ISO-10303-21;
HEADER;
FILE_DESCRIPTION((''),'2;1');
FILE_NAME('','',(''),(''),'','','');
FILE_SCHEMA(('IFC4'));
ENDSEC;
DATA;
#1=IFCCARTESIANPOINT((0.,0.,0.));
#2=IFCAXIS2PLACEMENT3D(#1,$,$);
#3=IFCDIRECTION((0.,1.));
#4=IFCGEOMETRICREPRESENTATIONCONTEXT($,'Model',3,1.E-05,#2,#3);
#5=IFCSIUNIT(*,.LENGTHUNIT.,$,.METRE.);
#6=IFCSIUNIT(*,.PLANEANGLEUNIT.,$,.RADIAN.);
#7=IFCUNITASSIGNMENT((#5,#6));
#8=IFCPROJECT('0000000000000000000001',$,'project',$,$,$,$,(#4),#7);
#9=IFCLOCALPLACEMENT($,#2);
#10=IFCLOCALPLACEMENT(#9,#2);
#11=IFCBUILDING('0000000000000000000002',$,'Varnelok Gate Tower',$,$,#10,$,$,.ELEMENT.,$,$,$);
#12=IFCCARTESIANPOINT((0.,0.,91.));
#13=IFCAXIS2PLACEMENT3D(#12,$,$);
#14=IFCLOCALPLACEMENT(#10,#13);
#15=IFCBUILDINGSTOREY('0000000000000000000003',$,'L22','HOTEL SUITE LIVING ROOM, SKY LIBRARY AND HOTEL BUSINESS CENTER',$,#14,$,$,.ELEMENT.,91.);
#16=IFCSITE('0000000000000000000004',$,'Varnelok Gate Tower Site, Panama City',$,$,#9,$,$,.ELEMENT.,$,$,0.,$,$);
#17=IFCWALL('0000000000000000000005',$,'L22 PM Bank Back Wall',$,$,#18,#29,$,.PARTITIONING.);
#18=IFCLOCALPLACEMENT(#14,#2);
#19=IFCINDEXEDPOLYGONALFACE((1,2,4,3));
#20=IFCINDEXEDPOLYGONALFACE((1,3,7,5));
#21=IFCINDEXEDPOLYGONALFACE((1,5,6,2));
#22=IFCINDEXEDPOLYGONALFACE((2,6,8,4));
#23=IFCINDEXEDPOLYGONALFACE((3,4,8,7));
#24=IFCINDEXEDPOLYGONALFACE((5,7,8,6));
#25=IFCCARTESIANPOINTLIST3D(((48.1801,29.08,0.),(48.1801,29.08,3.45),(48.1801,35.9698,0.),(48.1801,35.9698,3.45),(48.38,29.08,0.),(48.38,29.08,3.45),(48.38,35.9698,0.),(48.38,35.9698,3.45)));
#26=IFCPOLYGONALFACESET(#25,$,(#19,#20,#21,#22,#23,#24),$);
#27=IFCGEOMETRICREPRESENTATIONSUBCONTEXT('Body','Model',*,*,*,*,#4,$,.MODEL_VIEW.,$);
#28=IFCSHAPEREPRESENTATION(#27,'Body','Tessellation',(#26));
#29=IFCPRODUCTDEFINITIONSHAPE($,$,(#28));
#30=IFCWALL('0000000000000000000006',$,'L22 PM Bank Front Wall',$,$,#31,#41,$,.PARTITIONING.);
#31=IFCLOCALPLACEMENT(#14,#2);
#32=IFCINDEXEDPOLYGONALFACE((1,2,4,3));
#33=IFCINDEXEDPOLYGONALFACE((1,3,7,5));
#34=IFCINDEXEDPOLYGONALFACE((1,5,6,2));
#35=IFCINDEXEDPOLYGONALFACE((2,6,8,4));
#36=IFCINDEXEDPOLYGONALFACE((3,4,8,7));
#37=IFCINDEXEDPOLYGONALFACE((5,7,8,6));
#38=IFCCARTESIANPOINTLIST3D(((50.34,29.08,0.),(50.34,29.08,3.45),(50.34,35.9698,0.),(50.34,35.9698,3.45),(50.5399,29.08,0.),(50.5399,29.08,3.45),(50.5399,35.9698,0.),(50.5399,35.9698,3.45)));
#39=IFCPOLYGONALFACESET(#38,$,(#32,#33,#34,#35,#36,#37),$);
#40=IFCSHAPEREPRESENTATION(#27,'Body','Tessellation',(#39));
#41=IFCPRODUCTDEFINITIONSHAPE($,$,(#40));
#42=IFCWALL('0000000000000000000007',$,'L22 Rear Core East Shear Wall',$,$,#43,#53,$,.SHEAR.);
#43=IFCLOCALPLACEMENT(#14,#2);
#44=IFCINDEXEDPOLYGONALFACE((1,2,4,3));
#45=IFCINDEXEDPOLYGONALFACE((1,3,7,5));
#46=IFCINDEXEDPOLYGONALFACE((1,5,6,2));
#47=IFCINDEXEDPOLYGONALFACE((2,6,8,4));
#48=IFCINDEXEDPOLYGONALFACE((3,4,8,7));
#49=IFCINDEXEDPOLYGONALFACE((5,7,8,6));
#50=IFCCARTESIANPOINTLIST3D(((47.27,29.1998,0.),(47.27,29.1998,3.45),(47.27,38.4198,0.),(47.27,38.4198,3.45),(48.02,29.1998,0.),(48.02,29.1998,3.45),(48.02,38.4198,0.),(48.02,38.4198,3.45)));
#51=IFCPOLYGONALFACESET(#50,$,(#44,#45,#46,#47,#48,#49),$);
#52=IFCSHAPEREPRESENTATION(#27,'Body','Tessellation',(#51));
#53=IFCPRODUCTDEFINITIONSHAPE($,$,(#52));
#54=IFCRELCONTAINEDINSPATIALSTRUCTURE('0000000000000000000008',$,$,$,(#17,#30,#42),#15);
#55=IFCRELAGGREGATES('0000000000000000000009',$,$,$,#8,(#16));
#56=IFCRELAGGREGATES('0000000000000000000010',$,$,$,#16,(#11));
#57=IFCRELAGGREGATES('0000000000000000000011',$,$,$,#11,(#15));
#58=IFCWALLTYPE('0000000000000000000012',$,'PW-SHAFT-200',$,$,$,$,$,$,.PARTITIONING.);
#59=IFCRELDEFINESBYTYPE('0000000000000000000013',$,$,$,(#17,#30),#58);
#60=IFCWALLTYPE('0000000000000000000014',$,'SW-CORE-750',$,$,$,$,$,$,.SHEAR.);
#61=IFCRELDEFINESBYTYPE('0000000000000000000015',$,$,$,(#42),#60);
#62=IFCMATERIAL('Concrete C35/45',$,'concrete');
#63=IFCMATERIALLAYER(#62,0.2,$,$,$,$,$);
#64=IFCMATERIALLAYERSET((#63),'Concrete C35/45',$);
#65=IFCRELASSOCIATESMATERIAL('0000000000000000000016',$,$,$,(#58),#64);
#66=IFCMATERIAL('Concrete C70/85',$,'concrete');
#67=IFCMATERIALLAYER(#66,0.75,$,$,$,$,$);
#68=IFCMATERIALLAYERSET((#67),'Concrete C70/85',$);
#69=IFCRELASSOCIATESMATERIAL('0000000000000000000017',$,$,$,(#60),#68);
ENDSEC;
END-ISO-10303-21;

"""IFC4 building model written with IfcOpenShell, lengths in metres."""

from ifc_helpers import new_model, si_unit, direction, frame, frame_2d, origin, place, context, subcontext, project, spatial, rectangle, extrude, material, layer, layer_set, type_object, element, save


model = new_model("IFC4")

# Units and contexts
model_context = context("Model", 3, precision=1e-05, world=origin(), true_north=direction((0.0, 1.0)))
body_context = subcontext(model_context, "Body", "Model", "MODEL_VIEW")
ifc_project = project(units=[si_unit("LENGTHUNIT", "METRE"), si_unit("PLANEANGLEUNIT", "RADIAN")], contexts=[model_context])

# Site, building, storey
site_placement = place(None, origin())
site = spatial("IfcSite", under=ifc_project, at=site_placement, Name="Varnelok Gate Tower Site, Panama City", CompositionType="ELEMENT", RefElevation=0.0)
building_placement = place(site_placement, origin())
building = spatial("IfcBuilding", under=site, at=building_placement, Name="Varnelok Gate Tower", CompositionType="ELEMENT")
storey_placement = place(building_placement, frame((0.0, 0.0, 91.0)))
storey = spatial("IfcBuildingStorey", under=building, at=storey_placement, Name="L22", Description="HOTEL SUITE LIVING ROOM, SKY LIBRARY AND HOTEL BUSINESS CENTER", CompositionType="ELEMENT", Elevation=91.0)

# Shared definitions
ifc_material_1 = material(Name="Concrete C70/85", Category="concrete")

# Walls
ifc_material_2 = material(Name="Concrete C35/45", Category="concrete")
ifc_layer_1 = layer(ifc_material_2, 0.2)
ifc_layer_set_1 = layer_set([ifc_layer_1], Name="Concrete C35/45")
wall_type_1 = type_object("IfcWallType", Name="PW-SHAFT-200", PredefinedType="PARTITIONING", material=ifc_layer_set_1)
for number, where, z_axis, x_axis, name in (
    (1, (48.28, 29.0801, 0.0), (0.0, 0.0, 1.0), (0.0, 1.0, 0.0), "L22 PM Bank Back Wall"),
    (2, (50.4399, 29.0801, 0.0), (0.0, 0.0, 1.0), (0.0, 1.0, 0.0), "L22 PM Bank Front Wall"),
):
    element("IfcWall", number, at=place(storey_placement, frame(where, z_axis=z_axis, x_axis=x_axis)), inside=storey, type_object=wall_type_1, Name=name, PredefinedType="PARTITIONING", context=body_context, shape_type="SweptSolid", body=[
        extrude(rectangle(XDim=6.8899, YDim=0.2, at=frame_2d((3.4448, 0.0))), origin(), (0.0, 0.0, 1.0), 3.45),
    ])
ifc_layer_2 = layer(ifc_material_1, 0.75)
ifc_layer_set_2 = layer_set([ifc_layer_2], Name="Concrete C70/85")
wall_type_2 = type_object("IfcWallType", Name="SW-CORE-750", PredefinedType="SHEAR", material=ifc_layer_set_2)
wall_1_placement = place(storey_placement, frame((47.645, 29.2, 0.0), z_axis=(0.0, 0.0, 1.0), x_axis=(0.0, 1.0, 0.0)))
element("IfcWall", 3, at=wall_1_placement, inside=storey, type_object=wall_type_2, Name="L22 Rear Core East Shear Wall", PredefinedType="SHEAR", context=body_context, shape_type="SweptSolid", body=[
    extrude(rectangle(XDim=9.22, YDim=0.75, at=frame_2d((4.6099, 0.0))), origin(), (0.0, 0.0, 1.0), 3.45),
])

save(model, "model.ifc")
